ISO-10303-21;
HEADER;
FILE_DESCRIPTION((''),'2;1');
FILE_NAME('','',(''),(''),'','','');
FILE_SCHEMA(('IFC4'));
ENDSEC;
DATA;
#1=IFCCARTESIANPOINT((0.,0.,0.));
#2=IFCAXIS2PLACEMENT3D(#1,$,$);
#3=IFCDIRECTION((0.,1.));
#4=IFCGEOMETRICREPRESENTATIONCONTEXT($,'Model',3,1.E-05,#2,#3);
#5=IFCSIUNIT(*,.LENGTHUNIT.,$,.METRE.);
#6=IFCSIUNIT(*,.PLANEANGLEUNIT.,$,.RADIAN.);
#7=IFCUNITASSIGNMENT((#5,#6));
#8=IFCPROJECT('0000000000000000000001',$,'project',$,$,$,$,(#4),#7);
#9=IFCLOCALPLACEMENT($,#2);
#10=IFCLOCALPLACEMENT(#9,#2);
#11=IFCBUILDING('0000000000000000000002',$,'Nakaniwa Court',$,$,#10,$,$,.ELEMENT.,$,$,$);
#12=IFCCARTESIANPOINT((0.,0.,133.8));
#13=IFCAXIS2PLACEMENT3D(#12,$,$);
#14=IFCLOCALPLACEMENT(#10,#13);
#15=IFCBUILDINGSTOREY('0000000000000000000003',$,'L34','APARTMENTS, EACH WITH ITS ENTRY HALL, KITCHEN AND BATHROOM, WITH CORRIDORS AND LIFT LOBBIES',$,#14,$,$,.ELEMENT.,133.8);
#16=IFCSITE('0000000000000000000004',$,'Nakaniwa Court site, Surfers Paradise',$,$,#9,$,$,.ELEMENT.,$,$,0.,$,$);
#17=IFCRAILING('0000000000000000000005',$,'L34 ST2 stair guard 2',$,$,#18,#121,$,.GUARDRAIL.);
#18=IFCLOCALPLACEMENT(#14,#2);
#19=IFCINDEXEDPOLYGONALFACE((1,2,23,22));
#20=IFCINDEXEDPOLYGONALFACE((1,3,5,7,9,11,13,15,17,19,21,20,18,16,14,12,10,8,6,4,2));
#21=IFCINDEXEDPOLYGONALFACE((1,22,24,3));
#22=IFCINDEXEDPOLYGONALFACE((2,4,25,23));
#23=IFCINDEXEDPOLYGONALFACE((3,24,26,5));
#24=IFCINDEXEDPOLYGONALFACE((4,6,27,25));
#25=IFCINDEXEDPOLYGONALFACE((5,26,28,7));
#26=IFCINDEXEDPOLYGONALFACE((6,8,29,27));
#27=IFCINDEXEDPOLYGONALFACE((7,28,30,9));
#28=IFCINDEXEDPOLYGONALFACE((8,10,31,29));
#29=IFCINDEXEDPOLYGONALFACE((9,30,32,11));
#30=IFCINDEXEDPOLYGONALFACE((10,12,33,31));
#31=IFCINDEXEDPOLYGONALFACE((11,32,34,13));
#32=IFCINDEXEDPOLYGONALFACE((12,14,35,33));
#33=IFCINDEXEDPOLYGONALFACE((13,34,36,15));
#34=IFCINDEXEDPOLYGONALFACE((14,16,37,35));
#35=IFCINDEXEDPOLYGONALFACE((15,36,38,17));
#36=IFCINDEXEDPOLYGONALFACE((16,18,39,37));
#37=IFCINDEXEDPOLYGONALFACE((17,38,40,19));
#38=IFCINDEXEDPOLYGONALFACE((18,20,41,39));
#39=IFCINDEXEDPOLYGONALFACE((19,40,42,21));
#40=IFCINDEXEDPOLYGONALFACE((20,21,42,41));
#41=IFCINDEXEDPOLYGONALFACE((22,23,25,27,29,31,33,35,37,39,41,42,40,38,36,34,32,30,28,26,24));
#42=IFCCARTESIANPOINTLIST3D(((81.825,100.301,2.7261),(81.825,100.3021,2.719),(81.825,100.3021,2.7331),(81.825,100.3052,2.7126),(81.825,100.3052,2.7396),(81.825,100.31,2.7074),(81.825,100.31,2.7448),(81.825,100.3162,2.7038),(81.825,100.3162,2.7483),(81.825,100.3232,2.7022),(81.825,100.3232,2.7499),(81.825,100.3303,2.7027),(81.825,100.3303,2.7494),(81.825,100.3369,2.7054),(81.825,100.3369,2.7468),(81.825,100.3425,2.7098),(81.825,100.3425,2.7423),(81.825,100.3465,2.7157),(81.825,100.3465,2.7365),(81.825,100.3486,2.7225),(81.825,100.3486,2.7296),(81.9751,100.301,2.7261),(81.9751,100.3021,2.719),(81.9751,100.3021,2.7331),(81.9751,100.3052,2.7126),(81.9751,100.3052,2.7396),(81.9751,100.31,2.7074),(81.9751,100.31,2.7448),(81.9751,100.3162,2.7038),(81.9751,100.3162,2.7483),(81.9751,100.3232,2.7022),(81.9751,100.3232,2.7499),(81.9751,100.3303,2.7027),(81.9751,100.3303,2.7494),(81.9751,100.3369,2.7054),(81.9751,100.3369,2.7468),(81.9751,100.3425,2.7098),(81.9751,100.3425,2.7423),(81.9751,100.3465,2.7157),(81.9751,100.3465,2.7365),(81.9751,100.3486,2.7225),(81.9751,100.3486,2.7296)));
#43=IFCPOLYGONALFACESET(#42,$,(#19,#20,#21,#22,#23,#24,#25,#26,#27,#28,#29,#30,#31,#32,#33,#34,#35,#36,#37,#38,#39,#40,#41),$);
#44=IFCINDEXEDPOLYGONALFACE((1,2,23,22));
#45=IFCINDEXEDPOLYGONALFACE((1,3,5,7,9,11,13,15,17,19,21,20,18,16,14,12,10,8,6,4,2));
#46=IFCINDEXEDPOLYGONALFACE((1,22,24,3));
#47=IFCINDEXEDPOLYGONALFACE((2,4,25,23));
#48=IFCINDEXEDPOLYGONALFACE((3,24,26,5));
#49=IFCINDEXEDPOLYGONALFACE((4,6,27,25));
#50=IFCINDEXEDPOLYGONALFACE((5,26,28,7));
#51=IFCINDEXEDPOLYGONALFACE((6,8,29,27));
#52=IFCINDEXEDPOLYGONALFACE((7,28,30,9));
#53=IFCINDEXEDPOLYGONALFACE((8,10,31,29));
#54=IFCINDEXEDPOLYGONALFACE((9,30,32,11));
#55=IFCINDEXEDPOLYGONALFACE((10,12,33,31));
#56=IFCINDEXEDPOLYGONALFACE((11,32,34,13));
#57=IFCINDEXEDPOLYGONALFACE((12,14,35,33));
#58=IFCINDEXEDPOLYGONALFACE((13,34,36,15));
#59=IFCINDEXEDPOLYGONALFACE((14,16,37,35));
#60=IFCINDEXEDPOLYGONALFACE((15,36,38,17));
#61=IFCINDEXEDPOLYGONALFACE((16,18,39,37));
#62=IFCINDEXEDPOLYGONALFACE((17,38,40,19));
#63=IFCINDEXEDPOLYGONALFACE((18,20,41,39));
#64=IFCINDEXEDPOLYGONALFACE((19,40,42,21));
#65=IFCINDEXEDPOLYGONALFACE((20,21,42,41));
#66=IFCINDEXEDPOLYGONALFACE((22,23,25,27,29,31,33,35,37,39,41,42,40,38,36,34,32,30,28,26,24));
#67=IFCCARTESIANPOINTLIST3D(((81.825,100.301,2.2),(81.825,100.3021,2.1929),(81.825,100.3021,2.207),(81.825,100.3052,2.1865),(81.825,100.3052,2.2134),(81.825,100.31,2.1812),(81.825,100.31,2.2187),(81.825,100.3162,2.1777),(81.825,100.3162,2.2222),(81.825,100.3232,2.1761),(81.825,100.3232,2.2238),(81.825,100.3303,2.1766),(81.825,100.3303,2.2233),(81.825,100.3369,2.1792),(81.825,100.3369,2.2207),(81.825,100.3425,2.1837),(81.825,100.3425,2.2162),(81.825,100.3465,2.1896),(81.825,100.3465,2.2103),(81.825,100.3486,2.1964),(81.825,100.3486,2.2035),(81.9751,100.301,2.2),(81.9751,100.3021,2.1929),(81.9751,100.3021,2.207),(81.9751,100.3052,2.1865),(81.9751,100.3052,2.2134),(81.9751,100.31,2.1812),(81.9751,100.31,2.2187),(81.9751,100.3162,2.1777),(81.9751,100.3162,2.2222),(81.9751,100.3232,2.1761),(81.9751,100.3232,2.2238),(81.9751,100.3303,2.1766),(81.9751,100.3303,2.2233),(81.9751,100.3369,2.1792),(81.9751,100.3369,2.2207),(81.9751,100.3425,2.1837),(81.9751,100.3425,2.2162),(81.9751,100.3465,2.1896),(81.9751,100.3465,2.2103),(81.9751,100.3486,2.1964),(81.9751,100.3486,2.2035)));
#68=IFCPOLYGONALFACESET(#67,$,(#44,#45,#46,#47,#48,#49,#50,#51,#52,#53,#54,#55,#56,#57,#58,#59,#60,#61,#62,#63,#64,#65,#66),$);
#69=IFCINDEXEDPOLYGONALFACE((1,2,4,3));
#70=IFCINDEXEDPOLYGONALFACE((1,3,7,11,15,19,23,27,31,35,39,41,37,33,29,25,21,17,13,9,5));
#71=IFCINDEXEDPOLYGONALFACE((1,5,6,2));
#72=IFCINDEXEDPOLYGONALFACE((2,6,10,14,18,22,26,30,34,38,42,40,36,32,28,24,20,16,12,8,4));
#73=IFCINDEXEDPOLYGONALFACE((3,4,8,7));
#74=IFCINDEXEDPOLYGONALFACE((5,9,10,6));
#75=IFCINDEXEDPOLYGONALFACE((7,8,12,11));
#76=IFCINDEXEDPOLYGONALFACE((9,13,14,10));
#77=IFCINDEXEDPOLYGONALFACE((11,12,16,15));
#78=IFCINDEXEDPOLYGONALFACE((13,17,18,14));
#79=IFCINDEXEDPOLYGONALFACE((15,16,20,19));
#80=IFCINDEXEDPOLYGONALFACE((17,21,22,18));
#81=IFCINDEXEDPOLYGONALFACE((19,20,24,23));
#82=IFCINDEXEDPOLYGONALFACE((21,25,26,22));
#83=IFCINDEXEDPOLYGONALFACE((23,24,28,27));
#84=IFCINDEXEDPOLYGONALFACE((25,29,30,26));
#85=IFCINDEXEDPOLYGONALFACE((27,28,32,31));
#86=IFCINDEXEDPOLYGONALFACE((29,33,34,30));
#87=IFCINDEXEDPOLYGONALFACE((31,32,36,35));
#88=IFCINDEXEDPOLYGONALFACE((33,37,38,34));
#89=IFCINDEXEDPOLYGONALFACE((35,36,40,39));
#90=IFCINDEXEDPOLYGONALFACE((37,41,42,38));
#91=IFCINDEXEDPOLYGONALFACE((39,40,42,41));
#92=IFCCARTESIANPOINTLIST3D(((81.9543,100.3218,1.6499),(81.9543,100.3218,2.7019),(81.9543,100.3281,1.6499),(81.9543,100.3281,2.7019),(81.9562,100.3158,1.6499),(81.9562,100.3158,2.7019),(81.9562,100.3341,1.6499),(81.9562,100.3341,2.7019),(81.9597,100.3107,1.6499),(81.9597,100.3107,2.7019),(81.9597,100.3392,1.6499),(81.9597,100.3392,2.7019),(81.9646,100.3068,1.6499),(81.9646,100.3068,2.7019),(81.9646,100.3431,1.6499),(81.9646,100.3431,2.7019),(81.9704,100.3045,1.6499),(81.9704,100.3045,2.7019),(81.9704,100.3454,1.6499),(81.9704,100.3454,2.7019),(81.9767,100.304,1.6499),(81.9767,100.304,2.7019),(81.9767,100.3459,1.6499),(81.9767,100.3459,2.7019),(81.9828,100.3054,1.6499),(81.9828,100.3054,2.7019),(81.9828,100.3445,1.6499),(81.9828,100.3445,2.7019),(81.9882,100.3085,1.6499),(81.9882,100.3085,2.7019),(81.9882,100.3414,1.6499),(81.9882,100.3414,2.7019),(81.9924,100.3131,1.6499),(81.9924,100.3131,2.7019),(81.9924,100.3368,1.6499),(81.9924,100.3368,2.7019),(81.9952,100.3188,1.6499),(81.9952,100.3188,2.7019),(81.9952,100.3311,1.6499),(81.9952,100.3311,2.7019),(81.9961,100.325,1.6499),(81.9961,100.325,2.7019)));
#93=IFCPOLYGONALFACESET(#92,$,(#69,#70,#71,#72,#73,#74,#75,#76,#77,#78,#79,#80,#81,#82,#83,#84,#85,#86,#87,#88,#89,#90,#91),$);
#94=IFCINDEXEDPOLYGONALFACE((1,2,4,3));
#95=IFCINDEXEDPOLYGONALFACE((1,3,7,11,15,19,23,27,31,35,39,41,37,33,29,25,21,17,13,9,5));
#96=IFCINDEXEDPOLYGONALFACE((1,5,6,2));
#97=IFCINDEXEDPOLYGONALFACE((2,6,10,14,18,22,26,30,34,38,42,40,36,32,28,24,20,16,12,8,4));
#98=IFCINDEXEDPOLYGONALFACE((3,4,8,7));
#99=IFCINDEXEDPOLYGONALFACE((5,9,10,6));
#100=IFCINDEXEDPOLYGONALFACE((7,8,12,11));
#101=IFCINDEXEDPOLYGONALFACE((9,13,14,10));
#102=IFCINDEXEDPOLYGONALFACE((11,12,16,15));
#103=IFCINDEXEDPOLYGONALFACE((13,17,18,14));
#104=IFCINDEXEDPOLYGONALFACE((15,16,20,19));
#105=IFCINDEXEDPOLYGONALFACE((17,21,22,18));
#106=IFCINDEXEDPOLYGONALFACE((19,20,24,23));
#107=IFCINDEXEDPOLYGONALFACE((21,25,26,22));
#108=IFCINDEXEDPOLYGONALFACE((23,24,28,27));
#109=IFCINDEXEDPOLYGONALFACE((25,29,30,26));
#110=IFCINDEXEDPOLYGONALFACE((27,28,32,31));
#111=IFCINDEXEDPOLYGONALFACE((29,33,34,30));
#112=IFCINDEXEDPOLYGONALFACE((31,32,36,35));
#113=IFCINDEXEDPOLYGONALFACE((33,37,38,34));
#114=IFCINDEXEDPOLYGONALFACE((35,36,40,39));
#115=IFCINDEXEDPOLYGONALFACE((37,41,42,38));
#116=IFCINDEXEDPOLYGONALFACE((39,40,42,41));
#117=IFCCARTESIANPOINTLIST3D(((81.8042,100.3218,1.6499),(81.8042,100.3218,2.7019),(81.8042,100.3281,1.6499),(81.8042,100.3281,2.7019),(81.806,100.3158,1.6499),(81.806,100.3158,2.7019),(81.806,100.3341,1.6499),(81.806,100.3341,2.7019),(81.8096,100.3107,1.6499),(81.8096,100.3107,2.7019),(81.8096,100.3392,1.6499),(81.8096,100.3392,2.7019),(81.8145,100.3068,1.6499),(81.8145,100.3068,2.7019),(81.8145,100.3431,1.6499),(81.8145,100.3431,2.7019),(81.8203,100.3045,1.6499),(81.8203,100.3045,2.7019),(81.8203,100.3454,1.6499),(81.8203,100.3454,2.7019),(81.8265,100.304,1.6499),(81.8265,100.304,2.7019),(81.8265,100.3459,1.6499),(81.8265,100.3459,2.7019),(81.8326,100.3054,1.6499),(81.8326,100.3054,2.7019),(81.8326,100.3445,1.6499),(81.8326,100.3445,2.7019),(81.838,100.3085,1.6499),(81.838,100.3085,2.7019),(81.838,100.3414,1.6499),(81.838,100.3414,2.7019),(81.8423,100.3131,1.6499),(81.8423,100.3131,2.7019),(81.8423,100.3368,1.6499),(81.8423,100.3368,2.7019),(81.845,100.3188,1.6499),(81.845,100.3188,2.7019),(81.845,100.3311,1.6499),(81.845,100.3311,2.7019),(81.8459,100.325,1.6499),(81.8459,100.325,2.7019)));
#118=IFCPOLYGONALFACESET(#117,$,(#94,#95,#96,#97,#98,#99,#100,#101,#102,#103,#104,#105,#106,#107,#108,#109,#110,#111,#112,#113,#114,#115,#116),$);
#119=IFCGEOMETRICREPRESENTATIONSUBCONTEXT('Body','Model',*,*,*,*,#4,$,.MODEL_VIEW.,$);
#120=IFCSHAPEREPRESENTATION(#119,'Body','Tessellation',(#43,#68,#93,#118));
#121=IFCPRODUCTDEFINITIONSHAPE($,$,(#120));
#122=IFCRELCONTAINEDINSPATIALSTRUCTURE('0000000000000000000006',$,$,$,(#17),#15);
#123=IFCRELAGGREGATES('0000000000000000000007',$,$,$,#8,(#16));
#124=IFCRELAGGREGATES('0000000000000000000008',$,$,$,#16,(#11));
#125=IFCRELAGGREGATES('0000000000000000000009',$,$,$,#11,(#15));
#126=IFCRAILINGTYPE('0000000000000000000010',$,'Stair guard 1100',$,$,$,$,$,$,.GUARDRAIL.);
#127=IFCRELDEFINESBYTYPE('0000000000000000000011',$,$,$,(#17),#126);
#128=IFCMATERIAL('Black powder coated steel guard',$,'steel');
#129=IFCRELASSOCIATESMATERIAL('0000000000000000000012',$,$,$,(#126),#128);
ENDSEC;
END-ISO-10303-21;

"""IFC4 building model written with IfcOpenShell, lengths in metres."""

from ifc_helpers import new_model, si_unit, direction, frame, origin, origin_2d, place, context, subcontext, project, spatial, circle, extrude, material, type_object, element, save


model = new_model("IFC4")

# Units and contexts
model_context = context("Model", 3, precision=1e-05, world=origin(), true_north=direction((0.0, 1.0)))
body_context = subcontext(model_context, "Body", "Model", "MODEL_VIEW")
ifc_project = project(units=[si_unit("LENGTHUNIT", "METRE"), si_unit("PLANEANGLEUNIT", "RADIAN")], contexts=[model_context])

# Site, building, storey
site_placement = place(None, origin())
site = spatial("IfcSite", under=ifc_project, at=site_placement, Name="Nakaniwa Court site, Surfers Paradise", CompositionType="ELEMENT", RefElevation=0.0)
building_placement = place(site_placement, origin())
building = spatial("IfcBuilding", under=site, at=building_placement, Name="Nakaniwa Court", CompositionType="ELEMENT")
storey_placement = place(building_placement, frame((0.0, 0.0, 133.8)))
storey = spatial("IfcBuildingStorey", under=building, at=storey_placement, Name="L34", Description="APARTMENTS, EACH WITH ITS ENTRY HALL, KITCHEN AND BATHROOM, WITH CORRIDORS AND LIFT LOBBIES", CompositionType="ELEMENT", Elevation=133.8)

# Railing
ifc_material_1 = material(Name="Black powder coated steel guard", Category="steel")
railing_type_1 = type_object("IfcRailingType", Name="Stair guard 1100", PredefinedType="GUARDRAIL", material=ifc_material_1)
railing_1_placement = place(storey_placement, frame((81.9751, 100.325, 1.6499)))
element("IfcRailing", 1, at=railing_1_placement, inside=storey, type_object=railing_type_1, Name="L34 ST2 stair guard 2", PredefinedType="GUARDRAIL", context=body_context, shape_type="SweptSolid", body=[
    extrude(circle(Radius=0.0239, at=origin_2d()), frame((0.0, 0.0, 1.0762), z_axis=(-1.0, 0.0, 0.0), x_axis=(0.0, -1.0, 0.0)), (0.0, 0.0, 1.0), 0.1501),
    extrude(circle(Radius=0.0239, at=origin_2d()), frame((0.0, 0.0, 0.55), z_axis=(-1.0, 0.0, 0.0), x_axis=(0.0, -1.0, 0.0)), (0.0, 0.0, 1.0), 0.1501),
    extrude(circle(Radius=0.021, at=origin_2d()), origin(), (0.0, 0.0, 1.0), 1.052),
    extrude(circle(Radius=0.021, at=origin_2d()), frame((-0.1501, 0.0, 0.0)), (0.0, 0.0, 1.0), 1.052),
])

save(model, "model.ifc")
